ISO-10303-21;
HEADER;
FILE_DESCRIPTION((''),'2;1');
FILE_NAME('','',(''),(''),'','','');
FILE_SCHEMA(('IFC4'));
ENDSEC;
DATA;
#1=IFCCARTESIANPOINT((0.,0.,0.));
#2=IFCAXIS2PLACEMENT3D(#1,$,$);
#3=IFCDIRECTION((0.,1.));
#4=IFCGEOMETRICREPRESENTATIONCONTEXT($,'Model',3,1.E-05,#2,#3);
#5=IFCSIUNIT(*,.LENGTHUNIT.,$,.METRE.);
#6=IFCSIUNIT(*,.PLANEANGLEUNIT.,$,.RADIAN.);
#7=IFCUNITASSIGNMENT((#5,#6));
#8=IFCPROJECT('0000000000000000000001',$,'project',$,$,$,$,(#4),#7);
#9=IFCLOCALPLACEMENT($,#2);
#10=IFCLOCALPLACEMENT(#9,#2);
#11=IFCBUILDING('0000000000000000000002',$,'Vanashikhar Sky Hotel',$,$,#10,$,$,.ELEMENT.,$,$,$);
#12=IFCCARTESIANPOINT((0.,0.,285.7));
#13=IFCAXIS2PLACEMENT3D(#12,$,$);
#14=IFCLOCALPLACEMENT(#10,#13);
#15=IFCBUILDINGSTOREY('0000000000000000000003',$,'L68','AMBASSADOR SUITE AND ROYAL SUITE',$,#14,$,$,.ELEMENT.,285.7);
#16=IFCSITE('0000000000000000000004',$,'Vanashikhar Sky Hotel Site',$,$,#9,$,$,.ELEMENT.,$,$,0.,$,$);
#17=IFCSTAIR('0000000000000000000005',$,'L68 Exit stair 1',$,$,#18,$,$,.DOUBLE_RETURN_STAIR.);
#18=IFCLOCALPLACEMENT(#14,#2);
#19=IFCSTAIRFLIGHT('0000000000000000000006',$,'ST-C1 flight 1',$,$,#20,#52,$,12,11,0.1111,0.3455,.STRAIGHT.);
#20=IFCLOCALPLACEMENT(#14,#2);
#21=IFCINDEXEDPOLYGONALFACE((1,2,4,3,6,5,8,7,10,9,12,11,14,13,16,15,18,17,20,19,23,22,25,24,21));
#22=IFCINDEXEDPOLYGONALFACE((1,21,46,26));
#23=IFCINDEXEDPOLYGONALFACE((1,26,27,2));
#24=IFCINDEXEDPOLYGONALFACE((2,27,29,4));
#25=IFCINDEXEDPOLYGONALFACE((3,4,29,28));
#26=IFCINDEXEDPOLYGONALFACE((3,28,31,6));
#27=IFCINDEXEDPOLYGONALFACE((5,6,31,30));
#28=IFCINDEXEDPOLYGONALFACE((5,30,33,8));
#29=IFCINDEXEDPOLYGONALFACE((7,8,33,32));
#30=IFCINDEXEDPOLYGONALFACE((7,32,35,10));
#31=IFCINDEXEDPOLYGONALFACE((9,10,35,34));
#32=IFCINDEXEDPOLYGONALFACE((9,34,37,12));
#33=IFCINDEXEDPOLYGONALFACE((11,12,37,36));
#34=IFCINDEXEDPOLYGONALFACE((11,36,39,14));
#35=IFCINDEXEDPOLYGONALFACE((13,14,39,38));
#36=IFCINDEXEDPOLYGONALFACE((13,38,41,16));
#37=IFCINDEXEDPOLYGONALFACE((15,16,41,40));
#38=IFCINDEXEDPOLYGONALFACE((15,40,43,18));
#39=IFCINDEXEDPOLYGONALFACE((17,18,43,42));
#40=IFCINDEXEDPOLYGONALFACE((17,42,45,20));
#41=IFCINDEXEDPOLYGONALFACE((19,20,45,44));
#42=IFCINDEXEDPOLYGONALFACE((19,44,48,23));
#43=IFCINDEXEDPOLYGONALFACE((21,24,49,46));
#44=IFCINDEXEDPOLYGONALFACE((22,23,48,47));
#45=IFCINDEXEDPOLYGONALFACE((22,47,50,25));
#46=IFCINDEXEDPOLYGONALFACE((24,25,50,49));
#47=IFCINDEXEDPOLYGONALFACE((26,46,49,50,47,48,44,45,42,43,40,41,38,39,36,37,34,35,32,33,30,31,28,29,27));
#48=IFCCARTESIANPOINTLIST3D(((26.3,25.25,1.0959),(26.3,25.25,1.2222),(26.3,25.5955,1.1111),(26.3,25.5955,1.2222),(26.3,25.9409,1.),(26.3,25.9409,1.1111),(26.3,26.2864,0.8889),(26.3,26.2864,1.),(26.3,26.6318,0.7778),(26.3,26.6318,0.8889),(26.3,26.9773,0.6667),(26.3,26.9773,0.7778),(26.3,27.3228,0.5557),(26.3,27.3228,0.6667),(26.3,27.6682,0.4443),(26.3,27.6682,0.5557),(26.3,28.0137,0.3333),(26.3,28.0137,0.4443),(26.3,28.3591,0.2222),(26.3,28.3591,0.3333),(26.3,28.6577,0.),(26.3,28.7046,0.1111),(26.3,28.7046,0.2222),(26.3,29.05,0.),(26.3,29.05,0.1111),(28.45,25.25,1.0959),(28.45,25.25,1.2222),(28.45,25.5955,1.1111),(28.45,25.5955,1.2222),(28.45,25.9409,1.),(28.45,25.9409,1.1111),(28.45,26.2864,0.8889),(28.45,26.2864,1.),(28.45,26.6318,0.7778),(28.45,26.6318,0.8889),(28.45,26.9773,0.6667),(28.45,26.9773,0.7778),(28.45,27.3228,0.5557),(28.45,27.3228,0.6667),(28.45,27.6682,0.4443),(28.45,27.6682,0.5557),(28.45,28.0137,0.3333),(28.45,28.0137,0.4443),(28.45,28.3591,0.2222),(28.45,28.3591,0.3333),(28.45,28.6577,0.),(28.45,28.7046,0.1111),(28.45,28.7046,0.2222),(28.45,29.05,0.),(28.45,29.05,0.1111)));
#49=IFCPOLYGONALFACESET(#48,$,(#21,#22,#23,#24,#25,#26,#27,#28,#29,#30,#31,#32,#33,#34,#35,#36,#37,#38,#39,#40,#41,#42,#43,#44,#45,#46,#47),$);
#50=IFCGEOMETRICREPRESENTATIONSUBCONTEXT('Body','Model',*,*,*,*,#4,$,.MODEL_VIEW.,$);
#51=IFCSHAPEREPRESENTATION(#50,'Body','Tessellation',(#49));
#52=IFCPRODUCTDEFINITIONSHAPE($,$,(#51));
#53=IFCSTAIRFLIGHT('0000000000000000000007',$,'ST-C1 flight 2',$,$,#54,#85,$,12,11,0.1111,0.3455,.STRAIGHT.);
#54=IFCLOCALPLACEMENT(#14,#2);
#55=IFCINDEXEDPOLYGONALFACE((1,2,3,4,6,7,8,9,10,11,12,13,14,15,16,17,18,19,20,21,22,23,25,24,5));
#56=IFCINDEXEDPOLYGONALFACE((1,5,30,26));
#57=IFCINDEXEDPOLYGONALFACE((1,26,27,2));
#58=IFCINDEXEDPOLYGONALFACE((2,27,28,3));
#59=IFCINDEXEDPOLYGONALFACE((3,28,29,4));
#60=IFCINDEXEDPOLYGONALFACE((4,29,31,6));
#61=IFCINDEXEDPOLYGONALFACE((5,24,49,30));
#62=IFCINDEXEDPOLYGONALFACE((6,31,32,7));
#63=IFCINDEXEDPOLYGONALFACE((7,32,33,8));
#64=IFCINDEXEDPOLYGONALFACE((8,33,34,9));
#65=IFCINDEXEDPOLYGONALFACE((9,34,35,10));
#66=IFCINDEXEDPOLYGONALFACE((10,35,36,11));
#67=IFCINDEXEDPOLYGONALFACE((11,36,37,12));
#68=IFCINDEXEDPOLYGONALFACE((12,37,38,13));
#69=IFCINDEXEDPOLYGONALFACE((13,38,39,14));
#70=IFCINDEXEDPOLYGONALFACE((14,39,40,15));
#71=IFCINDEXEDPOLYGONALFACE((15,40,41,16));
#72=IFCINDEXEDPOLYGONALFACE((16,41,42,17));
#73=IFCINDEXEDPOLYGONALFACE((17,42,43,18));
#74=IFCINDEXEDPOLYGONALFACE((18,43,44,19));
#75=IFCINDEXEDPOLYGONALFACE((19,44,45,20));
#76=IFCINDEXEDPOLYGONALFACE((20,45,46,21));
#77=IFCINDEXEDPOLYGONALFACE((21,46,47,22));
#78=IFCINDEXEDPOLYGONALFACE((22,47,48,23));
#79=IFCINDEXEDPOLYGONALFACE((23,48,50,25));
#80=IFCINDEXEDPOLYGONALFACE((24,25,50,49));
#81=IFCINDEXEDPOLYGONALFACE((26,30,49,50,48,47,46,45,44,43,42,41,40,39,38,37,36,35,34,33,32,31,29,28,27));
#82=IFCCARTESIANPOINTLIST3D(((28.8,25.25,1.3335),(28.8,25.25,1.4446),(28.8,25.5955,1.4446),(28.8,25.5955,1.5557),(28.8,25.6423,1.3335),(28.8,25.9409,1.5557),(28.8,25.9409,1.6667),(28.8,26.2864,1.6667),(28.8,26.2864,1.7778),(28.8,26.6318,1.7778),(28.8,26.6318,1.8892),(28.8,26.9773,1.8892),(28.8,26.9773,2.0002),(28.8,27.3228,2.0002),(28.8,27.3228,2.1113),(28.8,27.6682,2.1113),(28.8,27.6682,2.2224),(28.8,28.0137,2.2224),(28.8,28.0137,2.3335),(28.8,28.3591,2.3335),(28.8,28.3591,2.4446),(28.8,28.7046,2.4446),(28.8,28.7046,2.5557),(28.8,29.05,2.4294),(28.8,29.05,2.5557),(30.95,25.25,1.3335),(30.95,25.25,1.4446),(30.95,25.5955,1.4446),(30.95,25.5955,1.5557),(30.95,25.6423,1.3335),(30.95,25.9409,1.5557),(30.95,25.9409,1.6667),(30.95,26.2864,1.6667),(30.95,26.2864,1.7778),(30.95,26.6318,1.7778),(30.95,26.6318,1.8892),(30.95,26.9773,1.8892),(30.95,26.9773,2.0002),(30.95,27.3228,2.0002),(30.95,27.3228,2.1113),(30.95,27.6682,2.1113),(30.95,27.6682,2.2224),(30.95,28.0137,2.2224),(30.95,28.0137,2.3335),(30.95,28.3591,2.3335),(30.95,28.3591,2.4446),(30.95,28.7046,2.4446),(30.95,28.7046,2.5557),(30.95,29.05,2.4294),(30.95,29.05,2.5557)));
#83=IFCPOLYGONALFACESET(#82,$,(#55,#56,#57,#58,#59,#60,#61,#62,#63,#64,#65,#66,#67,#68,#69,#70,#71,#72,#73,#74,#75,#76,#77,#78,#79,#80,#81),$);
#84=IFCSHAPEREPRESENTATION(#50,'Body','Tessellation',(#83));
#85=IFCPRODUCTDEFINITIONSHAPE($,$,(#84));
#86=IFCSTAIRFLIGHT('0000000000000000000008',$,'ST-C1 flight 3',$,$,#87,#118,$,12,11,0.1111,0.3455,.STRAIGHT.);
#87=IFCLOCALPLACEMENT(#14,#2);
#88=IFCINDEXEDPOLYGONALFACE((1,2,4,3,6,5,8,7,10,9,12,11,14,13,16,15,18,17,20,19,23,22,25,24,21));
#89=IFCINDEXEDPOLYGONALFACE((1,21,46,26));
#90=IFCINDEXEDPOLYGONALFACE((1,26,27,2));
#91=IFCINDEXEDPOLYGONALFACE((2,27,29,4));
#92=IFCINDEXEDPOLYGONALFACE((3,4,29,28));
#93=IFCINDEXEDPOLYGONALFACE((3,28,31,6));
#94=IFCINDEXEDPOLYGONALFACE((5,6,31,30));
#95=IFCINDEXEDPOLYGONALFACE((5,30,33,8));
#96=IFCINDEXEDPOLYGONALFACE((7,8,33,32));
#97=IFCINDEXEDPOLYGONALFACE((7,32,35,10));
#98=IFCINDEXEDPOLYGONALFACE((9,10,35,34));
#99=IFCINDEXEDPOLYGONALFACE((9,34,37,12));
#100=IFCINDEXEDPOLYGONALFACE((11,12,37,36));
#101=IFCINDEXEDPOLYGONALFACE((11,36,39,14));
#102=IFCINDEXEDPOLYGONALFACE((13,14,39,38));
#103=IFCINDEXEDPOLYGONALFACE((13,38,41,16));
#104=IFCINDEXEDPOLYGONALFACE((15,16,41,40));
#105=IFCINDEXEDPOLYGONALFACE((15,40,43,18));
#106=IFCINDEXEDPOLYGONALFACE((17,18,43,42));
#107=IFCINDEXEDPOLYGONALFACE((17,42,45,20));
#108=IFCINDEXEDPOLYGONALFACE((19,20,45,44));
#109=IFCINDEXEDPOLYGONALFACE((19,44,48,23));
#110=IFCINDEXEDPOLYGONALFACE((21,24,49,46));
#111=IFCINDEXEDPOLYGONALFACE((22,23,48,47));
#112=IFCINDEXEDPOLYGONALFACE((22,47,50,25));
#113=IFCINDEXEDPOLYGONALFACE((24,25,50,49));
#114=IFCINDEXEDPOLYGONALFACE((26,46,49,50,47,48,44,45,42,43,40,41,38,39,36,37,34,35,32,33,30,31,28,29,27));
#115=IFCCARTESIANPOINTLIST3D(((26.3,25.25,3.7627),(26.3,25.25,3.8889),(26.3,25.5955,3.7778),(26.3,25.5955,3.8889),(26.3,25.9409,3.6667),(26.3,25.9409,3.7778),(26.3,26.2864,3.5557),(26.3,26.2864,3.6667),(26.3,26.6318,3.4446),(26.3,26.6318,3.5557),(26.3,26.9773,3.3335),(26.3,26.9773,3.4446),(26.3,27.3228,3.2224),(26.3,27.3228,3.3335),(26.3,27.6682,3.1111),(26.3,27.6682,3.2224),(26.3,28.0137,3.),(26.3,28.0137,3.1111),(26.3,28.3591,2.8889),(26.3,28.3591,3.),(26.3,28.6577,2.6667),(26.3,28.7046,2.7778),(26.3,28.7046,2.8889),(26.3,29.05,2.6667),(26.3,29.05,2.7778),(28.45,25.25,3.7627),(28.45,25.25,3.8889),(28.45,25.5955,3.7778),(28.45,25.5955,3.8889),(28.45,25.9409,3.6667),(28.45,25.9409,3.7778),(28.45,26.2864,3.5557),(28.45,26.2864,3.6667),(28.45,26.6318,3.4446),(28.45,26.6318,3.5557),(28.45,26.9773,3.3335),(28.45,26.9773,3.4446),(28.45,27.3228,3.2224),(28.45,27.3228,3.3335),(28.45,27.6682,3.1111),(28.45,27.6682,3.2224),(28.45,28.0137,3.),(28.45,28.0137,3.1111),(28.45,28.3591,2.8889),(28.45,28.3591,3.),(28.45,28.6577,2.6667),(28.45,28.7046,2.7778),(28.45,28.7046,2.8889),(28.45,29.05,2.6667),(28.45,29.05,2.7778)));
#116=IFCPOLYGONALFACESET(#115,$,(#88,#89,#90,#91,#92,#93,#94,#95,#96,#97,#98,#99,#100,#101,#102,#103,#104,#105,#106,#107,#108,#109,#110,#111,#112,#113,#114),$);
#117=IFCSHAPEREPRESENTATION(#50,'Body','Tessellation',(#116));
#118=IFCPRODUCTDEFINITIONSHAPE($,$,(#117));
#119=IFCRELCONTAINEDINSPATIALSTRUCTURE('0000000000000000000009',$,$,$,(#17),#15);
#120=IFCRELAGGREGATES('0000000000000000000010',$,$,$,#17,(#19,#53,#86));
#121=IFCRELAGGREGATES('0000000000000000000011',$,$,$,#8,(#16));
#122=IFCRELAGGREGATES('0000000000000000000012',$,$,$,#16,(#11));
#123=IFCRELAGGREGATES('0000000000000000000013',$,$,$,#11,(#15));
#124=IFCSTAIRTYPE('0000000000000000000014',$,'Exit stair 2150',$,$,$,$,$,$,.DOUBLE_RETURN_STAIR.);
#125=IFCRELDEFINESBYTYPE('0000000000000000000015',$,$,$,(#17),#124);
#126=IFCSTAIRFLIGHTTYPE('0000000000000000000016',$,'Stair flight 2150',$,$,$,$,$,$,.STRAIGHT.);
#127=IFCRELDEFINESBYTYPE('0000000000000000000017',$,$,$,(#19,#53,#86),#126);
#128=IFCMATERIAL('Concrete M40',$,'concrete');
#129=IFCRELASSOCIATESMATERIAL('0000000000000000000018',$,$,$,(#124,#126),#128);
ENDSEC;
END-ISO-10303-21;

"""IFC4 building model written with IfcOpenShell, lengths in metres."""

from ifc_helpers import new_model, si_unit, direction, frame, origin, place, context, subcontext, project, spatial, polyline, outline, extrude, source, transform, mapped, material, type_object, element, aggregate, save


model = new_model("IFC4")

# Units and contexts
model_context = context("Model", 3, precision=1e-05, world=origin(), true_north=direction((0.0, 1.0)))
body_context = subcontext(model_context, "Body", "Model", "MODEL_VIEW")
ifc_project = project(units=[si_unit("LENGTHUNIT", "METRE"), si_unit("PLANEANGLEUNIT", "RADIAN")], contexts=[model_context])

# Site, building, storey
site_placement = place(None, origin())
site = spatial("IfcSite", under=ifc_project, at=site_placement, Name="Vanashikhar Sky Hotel Site", CompositionType="ELEMENT", RefElevation=0.0)
building_placement = place(site_placement, origin())
building = spatial("IfcBuilding", under=site, at=building_placement, Name="Vanashikhar Sky Hotel", CompositionType="ELEMENT")
storey_placement = place(building_placement, frame((0.0, 0.0, 285.7)))
storey = spatial("IfcBuildingStorey", under=building, at=storey_placement, Name="L68", Description="AMBASSADOR SUITE AND ROYAL SUITE", CompositionType="ELEMENT", Elevation=285.7)

# Shared definitions
ifc_material_1 = material(Name="Concrete M40", Category="concrete")

# Stair, stair flights
stair_type = type_object("IfcStairType", Name="Exit stair 2150", PredefinedType="DOUBLE_RETURN_STAIR", material=ifc_material_1)
stair_placement = place(storey_placement, origin())
stair = element("IfcStair", 1, at=stair_placement, inside=storey, type_object=stair_type, Name="L68 Exit stair 1", PredefinedType="DOUBLE_RETURN_STAIR")
stair_flight_type = type_object("IfcStairFlightType", Name="Stair flight 2150", PredefinedType="STRAIGHT", material=ifc_material_1)
shared_shape_1 = source(origin(), body_context, "Body", "SweptSolid", [
    extrude(outline(polyline([(0.0, 0.0), (0.0, 0.1111), (0.3455, 0.1111), (0.3455, 0.2222), (0.6909, 0.2222), (0.6909, 0.3333), (1.0364, 0.3333), (1.0364, 0.4443), (1.3818, 0.4443), (1.3818, 0.5557), (1.7273, 0.5557), (1.7273, 0.6667), (2.0728, 0.6667), (2.0728, 0.7778), (2.4182, 0.7778), (2.4182, 0.8889), (2.7637, 0.8889), (2.7637, 1.0), (3.1091, 1.0), (3.1091, 1.1111), (3.4546, 1.1111), (3.4546, 1.2222), (3.8, 1.2222), (3.8, 1.3333), (3.8, 1.0959), (0.3923, 0.0), (0.0, 0.0)])), frame((0.0, 1.075, 0.0), z_axis=(0.0, -1.0, 0.0), x_axis=(1.0, 0.0, 0.0)), (0.0, 0.0, 1.0), 2.1499),
])
stair_flight_1_placement = place(storey_placement, frame((27.375, 29.05, 0.0), z_axis=(0.0, 0.0, 1.0), x_axis=(0.0, -1.0, 0.0)))
stair_flight_1 = element("IfcStairFlight", 2, at=stair_flight_1_placement, type_object=stair_flight_type, Name="ST-C1 flight 1", NumberOfRisers=12, NumberOfTreads=11, PredefinedType="STRAIGHT", RiserHeight=0.1111, TreadLength=0.3455, context=body_context, shape_type="MappedRepresentation", body=[
    mapped(shared_shape_1, transform((0.0, 0.0, 0.0), scale=1.0)),
])
stair_flight_2_placement = place(storey_placement, frame((29.875, 25.25, 1.3335), z_axis=(0.0, 0.0, 1.0), x_axis=(0.0, 1.0, 0.0)))
stair_flight_2 = element("IfcStairFlight", 3, at=stair_flight_2_placement, type_object=stair_flight_type, Name="ST-C1 flight 2", NumberOfRisers=12, NumberOfTreads=11, PredefinedType="STRAIGHT", RiserHeight=0.1111, TreadLength=0.3455, context=body_context, shape_type="MappedRepresentation", body=[
    mapped(shared_shape_1, transform((0.0, 0.0, 0.0), scale=1.0)),
])
stair_flight_3_placement = place(storey_placement, frame((27.375, 29.05, 2.6667), z_axis=(0.0, 0.0, 1.0), x_axis=(0.0, -1.0, 0.0)))
stair_flight_3 = element("IfcStairFlight", 4, at=stair_flight_3_placement, type_object=stair_flight_type, Name="ST-C1 flight 3", NumberOfRisers=12, NumberOfTreads=11, PredefinedType="STRAIGHT", RiserHeight=0.1111, TreadLength=0.3455, context=body_context, shape_type="MappedRepresentation", body=[
    mapped(shared_shape_1, transform((0.0, 0.0, 0.0), scale=1.0)),
])
aggregate(stair, [stair_flight_1, stair_flight_2, stair_flight_3])

save(model, "model.ifc")
